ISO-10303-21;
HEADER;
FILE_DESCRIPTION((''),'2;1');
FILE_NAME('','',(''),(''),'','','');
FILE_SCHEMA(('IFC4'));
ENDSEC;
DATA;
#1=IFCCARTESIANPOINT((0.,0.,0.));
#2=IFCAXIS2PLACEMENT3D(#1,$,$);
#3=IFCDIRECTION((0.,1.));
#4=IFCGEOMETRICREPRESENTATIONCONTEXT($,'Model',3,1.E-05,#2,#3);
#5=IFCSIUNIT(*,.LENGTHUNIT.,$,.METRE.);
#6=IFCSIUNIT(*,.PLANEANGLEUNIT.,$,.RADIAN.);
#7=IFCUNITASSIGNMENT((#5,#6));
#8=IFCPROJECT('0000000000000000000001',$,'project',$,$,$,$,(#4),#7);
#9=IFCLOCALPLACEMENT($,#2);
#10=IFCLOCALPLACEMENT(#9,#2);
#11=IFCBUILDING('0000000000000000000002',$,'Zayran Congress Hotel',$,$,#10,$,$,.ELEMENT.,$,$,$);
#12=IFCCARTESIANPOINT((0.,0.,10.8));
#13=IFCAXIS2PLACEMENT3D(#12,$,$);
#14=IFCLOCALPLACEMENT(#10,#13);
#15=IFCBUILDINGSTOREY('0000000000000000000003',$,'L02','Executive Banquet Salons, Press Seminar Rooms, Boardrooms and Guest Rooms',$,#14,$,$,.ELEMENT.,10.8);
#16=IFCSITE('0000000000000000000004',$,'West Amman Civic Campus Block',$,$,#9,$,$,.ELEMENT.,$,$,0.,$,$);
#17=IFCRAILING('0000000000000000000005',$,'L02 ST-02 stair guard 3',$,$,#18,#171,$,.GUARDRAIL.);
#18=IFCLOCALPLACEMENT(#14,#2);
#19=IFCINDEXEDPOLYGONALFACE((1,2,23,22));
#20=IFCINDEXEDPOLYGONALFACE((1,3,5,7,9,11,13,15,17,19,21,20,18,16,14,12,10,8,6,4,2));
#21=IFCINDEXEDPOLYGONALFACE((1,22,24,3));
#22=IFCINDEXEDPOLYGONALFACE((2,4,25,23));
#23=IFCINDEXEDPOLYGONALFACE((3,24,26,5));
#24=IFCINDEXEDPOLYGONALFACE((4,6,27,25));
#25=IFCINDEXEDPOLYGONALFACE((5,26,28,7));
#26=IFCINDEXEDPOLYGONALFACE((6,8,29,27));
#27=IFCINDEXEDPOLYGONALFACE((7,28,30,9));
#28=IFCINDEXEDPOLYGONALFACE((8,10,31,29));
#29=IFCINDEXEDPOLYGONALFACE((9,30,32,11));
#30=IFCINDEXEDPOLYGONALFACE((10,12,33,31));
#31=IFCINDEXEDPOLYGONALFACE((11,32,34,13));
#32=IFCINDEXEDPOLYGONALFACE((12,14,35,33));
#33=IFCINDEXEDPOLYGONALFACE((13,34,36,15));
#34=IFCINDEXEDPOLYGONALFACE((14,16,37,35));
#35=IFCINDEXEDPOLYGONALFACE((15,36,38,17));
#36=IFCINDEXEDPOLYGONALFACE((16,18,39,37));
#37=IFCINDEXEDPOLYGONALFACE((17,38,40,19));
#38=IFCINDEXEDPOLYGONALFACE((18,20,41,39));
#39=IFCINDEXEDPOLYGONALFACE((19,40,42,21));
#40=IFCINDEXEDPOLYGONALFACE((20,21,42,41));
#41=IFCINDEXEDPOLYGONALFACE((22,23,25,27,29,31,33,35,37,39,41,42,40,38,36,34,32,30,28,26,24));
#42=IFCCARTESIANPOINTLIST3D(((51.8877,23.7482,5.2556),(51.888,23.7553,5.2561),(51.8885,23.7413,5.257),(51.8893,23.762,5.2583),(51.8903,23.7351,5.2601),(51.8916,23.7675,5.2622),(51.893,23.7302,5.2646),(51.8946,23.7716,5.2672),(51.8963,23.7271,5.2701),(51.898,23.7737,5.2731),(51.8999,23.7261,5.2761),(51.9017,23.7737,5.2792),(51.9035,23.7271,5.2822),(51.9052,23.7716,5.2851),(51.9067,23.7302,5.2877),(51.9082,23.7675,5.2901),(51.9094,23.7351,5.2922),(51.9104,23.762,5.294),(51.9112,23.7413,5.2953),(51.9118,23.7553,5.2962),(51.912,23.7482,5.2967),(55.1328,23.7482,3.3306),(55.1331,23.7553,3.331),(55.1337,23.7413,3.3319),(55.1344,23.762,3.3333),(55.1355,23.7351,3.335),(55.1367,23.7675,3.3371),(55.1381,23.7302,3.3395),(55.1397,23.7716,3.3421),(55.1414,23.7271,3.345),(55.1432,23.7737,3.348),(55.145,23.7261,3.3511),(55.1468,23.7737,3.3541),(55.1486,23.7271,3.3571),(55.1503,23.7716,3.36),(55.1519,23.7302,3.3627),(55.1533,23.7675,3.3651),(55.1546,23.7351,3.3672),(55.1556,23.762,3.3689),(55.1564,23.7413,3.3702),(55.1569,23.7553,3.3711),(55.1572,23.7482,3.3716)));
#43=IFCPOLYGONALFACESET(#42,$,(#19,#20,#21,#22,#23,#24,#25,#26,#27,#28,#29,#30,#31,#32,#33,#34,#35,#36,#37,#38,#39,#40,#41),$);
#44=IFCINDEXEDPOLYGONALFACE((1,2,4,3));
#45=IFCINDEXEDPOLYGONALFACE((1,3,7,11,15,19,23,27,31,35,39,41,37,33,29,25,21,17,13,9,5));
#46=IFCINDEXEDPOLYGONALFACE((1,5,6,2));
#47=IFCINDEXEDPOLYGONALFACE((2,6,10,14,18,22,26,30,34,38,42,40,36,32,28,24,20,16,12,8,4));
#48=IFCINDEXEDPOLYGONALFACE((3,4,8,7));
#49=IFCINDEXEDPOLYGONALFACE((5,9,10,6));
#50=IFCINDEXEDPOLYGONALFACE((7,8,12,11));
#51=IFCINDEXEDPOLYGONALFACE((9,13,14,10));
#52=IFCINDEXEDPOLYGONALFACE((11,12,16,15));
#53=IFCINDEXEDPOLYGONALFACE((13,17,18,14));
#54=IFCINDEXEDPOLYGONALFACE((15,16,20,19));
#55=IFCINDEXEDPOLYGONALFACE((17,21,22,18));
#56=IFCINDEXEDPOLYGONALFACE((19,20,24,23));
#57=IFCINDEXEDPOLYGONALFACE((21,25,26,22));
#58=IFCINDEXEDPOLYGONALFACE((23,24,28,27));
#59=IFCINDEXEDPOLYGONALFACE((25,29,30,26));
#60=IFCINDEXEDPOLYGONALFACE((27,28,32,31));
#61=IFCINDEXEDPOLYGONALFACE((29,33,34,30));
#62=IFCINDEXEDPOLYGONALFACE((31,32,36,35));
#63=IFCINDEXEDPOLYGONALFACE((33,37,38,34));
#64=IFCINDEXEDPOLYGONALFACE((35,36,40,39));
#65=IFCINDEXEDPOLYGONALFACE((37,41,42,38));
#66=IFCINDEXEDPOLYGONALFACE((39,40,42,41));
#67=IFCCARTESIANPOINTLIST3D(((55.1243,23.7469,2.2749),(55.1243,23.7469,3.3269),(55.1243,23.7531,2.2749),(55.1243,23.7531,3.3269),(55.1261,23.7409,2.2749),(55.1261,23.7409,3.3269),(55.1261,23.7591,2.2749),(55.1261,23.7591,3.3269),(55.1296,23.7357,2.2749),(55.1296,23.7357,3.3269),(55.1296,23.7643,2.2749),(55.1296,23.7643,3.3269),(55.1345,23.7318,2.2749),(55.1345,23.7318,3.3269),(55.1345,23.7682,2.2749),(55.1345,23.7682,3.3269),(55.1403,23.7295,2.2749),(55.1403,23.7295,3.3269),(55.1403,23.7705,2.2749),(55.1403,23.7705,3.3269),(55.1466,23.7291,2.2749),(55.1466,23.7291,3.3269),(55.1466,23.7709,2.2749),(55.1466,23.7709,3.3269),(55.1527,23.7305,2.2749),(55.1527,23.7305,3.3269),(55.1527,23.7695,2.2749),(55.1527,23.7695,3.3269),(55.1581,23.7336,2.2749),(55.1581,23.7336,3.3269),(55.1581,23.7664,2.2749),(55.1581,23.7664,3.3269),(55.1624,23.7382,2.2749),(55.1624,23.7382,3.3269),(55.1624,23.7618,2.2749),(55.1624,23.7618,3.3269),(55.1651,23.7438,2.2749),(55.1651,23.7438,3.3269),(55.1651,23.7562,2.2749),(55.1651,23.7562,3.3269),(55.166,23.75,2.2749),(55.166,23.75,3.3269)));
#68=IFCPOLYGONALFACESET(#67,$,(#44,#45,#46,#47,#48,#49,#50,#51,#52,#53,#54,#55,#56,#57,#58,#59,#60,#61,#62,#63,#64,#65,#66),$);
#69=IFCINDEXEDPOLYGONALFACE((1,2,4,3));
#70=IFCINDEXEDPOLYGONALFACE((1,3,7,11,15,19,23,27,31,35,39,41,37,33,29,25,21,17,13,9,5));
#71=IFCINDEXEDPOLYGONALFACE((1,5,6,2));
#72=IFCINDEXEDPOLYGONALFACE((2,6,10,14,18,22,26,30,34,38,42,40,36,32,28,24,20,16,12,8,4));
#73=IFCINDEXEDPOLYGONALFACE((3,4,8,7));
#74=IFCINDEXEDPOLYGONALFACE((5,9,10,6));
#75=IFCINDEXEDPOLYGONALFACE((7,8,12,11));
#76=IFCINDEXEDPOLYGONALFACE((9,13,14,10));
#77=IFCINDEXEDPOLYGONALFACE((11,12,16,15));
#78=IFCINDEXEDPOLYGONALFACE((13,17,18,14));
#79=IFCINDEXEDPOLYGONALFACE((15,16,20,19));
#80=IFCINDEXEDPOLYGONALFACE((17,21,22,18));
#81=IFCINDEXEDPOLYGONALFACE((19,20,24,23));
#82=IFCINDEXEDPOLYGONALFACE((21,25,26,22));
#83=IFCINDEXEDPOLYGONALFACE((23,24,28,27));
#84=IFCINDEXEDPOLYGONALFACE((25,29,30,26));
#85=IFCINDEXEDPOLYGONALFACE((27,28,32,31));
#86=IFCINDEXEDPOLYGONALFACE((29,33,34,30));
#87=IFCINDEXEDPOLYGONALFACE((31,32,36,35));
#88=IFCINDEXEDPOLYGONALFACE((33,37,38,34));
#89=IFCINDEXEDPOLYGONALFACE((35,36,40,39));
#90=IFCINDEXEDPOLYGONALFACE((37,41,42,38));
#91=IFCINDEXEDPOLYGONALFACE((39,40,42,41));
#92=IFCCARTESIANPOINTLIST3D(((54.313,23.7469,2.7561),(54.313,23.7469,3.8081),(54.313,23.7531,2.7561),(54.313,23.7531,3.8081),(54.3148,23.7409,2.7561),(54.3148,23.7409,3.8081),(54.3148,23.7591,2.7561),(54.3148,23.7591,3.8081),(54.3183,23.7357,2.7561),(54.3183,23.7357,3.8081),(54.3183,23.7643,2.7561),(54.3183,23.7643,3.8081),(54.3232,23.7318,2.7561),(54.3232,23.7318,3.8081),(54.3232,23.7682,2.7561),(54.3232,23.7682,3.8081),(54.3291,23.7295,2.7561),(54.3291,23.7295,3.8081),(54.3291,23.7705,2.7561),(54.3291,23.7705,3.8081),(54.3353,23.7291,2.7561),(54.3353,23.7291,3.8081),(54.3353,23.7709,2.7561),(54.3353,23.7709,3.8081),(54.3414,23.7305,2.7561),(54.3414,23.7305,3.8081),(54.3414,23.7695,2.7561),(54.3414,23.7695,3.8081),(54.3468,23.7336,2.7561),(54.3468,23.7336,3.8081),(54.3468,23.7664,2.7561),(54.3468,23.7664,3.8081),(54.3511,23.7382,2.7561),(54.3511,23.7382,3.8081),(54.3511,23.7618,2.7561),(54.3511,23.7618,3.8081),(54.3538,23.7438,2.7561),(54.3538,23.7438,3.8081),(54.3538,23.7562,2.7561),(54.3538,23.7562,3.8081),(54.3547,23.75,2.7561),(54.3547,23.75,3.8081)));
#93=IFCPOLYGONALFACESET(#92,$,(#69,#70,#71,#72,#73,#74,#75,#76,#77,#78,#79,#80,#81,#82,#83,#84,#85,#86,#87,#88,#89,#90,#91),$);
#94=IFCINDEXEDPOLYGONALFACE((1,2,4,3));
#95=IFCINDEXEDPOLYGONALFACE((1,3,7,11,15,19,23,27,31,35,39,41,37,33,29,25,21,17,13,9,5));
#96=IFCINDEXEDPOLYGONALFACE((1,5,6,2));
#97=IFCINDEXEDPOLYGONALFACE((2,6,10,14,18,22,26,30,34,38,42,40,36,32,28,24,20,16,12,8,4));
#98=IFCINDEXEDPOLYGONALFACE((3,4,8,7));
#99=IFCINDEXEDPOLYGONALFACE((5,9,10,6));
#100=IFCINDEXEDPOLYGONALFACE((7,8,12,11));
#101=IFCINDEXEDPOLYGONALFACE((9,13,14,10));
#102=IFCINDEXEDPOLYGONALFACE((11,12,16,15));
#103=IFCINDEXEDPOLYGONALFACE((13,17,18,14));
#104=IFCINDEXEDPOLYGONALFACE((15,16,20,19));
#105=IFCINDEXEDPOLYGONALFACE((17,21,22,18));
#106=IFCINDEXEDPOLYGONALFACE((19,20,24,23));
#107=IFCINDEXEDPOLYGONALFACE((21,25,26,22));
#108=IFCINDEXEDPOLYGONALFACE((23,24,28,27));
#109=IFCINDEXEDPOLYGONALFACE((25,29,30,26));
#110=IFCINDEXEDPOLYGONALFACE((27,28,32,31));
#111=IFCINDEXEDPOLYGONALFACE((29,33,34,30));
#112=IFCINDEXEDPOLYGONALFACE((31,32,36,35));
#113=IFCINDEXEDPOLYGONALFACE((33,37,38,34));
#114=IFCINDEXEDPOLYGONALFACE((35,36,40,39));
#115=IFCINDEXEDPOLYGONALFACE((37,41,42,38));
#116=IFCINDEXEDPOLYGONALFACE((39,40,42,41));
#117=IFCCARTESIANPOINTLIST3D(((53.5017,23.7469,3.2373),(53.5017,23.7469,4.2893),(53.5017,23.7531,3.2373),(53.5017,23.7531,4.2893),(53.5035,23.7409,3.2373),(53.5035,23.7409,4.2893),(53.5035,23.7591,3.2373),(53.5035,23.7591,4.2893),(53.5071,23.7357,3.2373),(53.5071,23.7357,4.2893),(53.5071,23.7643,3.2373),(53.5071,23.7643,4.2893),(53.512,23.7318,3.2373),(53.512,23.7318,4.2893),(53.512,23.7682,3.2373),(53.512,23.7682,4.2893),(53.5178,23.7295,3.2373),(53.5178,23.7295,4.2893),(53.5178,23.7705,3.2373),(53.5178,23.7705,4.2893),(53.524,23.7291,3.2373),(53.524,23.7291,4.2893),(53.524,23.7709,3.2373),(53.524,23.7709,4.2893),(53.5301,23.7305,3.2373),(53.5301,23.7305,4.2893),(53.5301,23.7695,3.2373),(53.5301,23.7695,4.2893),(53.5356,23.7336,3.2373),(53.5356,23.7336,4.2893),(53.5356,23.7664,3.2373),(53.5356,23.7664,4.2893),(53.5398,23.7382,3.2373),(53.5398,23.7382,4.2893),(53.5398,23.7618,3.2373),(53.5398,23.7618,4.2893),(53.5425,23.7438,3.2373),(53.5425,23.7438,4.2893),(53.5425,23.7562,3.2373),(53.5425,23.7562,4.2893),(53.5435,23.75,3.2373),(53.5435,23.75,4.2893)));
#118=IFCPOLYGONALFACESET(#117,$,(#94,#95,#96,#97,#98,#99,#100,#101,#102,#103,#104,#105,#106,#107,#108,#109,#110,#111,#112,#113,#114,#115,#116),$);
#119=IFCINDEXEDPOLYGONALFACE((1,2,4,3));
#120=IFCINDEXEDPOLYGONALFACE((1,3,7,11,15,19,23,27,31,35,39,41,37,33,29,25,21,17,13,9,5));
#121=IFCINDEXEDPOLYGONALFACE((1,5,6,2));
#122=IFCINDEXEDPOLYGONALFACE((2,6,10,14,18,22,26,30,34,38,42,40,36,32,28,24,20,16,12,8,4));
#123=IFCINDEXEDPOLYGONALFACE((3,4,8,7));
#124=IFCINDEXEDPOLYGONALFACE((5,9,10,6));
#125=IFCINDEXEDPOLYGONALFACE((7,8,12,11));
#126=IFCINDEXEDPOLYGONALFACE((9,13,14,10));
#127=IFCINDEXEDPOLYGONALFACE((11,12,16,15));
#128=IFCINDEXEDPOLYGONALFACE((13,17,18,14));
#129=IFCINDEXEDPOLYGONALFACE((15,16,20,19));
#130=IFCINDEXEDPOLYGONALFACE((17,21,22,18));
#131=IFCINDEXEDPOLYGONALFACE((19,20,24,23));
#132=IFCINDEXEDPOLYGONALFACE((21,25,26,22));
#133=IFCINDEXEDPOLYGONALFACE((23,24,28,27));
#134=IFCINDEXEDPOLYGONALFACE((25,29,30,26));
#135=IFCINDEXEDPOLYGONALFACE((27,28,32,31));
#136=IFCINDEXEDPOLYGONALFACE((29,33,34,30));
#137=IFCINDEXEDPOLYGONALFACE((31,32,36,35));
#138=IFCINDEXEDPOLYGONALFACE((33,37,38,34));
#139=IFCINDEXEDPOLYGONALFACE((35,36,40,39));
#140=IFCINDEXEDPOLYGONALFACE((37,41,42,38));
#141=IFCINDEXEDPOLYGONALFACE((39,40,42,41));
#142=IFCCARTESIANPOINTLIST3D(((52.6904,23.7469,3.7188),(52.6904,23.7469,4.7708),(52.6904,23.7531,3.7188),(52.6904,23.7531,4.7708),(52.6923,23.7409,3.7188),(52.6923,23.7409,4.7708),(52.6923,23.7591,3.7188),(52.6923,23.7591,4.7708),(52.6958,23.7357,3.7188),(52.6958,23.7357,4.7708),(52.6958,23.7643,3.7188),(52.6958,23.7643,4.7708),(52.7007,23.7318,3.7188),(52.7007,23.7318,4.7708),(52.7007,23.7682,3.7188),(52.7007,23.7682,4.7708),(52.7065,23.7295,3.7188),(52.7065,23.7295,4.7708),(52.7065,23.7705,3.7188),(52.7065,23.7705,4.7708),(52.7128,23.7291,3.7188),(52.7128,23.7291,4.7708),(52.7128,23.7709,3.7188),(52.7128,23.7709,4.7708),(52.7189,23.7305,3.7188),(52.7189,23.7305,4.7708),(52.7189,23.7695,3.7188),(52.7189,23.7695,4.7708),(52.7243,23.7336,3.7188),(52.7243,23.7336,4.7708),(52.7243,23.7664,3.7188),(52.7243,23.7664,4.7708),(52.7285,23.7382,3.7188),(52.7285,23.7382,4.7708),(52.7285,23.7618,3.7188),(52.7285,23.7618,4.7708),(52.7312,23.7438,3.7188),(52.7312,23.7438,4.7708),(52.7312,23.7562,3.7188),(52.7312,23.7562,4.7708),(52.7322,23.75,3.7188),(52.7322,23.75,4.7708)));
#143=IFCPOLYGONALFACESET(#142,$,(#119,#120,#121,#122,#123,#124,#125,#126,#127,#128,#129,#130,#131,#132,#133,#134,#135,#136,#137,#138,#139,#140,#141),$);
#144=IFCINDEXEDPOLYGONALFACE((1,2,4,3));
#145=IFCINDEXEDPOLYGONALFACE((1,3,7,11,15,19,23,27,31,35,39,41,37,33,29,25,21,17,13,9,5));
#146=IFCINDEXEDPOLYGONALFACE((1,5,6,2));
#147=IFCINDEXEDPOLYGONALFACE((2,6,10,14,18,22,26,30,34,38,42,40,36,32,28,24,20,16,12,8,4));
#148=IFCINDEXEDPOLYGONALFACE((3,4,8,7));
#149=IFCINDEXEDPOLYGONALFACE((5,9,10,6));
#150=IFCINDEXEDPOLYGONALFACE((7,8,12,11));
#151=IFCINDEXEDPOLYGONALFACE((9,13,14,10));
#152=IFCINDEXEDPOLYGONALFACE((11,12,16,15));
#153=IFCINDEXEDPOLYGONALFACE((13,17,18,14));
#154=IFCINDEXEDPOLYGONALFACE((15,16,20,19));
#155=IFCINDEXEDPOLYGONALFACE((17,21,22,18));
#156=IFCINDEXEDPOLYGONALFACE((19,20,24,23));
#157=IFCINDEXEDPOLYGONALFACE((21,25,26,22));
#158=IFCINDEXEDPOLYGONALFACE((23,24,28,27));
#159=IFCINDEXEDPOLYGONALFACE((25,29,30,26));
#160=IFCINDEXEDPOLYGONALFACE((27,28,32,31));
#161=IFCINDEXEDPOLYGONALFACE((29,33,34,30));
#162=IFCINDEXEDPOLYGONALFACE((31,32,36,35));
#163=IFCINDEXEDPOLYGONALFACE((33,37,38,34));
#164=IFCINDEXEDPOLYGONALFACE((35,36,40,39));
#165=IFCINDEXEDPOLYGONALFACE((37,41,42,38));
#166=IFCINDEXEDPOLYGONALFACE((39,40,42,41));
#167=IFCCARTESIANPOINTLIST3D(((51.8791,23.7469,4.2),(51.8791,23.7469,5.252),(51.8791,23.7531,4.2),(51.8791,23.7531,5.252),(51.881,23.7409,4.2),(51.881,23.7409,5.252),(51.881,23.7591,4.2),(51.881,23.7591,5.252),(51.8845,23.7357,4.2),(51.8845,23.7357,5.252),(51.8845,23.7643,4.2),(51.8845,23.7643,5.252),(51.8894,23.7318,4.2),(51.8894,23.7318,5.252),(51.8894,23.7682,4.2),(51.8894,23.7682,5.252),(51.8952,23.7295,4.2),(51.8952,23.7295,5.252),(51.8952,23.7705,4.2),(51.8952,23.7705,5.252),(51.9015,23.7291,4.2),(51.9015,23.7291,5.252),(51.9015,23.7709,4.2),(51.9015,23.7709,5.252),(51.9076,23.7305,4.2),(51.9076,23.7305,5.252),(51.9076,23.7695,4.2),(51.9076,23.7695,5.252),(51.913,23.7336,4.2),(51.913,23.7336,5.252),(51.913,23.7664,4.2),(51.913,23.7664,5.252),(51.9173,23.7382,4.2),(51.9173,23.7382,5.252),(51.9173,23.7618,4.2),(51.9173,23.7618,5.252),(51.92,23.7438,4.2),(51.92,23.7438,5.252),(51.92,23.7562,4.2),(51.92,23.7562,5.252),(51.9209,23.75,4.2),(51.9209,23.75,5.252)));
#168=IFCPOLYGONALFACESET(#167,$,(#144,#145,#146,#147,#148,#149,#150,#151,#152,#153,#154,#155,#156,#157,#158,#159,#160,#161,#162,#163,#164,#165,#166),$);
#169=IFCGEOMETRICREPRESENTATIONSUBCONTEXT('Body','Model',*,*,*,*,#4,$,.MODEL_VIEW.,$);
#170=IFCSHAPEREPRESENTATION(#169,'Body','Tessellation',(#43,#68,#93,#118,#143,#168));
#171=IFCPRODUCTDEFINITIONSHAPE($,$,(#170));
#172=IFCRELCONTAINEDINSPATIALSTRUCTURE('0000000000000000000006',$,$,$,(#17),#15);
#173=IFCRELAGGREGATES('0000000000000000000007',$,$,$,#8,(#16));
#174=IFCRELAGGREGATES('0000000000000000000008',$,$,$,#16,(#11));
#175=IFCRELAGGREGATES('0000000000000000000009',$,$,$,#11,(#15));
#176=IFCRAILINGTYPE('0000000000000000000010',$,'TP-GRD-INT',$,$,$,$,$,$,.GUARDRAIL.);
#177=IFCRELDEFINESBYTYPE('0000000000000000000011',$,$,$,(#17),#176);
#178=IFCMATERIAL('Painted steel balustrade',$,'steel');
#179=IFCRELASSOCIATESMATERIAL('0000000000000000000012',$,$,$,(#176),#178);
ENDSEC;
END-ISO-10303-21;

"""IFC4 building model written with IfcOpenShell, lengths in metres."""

from ifc_helpers import new_model, si_unit, direction, frame, origin, origin_2d, place, context, subcontext, project, spatial, circle, extrude, material, type_object, element, save


model = new_model("IFC4")

# Units and contexts
model_context = context("Model", 3, precision=1e-05, world=origin(), true_north=direction((0.0, 1.0)))
body_context = subcontext(model_context, "Body", "Model", "MODEL_VIEW")
ifc_project = project(units=[si_unit("LENGTHUNIT", "METRE"), si_unit("PLANEANGLEUNIT", "RADIAN")], contexts=[model_context])

# Site, building, storey
site_placement = place(None, origin())
site = spatial("IfcSite", under=ifc_project, at=site_placement, Name="West Amman Civic Campus Block", CompositionType="ELEMENT", RefElevation=0.0)
building_placement = place(site_placement, origin())
building = spatial("IfcBuilding", under=site, at=building_placement, Name="Zayran Congress Hotel", CompositionType="ELEMENT")
storey_placement = place(building_placement, frame((0.0, 0.0, 10.8)))
storey = spatial("IfcBuildingStorey", under=building, at=storey_placement, Name="L02", Description="Executive Banquet Salons, Press Seminar Rooms, Boardrooms and Guest Rooms", CompositionType="ELEMENT", Elevation=10.8)

# Railing
ifc_material_1 = material(Name="Painted steel balustrade", Category="steel")
railing_type_1 = type_object("IfcRailingType", Name="TP-GRD-INT", PredefinedType="GUARDRAIL", material=ifc_material_1)
railing_1_placement = place(storey_placement, frame((55.145, 23.75, 2.2749)))
element("IfcRailing", 1, at=railing_1_placement, inside=storey, type_object=railing_type_1, Name="L02 ST-02 stair guard 3", PredefinedType="GUARDRAIL", context=body_context, shape_type="SweptSolid", body=[
    extrude(circle(Radius=0.0239, at=origin_2d()), frame((0.0, 0.0, 1.0762), z_axis=(-0.860057, 0.0, 0.510198), x_axis=(0.0, -1.0, 0.0)), (0.0, 0.0, 1.0), 3.7732),
    extrude(circle(Radius=0.021, at=origin_2d()), origin(), (0.0, 0.0, 1.0), 1.052),
    extrude(circle(Radius=0.021, at=origin_2d()), frame((-0.8113, 0.0, 0.4812)), (0.0, 0.0, 1.0), 1.052),
    extrude(circle(Radius=0.021, at=origin_2d()), frame((-1.6226, 0.0, 0.9624)), (0.0, 0.0, 1.0), 1.052),
    extrude(circle(Radius=0.021, at=origin_2d()), frame((-2.4338, 0.0, 1.4438)), (0.0, 0.0, 1.0), 1.052),
    extrude(circle(Radius=0.021, at=origin_2d()), frame((-3.2451, 0.0, 1.925)), (0.0, 0.0, 1.0), 1.052),
])

save(model, "model.ifc")
